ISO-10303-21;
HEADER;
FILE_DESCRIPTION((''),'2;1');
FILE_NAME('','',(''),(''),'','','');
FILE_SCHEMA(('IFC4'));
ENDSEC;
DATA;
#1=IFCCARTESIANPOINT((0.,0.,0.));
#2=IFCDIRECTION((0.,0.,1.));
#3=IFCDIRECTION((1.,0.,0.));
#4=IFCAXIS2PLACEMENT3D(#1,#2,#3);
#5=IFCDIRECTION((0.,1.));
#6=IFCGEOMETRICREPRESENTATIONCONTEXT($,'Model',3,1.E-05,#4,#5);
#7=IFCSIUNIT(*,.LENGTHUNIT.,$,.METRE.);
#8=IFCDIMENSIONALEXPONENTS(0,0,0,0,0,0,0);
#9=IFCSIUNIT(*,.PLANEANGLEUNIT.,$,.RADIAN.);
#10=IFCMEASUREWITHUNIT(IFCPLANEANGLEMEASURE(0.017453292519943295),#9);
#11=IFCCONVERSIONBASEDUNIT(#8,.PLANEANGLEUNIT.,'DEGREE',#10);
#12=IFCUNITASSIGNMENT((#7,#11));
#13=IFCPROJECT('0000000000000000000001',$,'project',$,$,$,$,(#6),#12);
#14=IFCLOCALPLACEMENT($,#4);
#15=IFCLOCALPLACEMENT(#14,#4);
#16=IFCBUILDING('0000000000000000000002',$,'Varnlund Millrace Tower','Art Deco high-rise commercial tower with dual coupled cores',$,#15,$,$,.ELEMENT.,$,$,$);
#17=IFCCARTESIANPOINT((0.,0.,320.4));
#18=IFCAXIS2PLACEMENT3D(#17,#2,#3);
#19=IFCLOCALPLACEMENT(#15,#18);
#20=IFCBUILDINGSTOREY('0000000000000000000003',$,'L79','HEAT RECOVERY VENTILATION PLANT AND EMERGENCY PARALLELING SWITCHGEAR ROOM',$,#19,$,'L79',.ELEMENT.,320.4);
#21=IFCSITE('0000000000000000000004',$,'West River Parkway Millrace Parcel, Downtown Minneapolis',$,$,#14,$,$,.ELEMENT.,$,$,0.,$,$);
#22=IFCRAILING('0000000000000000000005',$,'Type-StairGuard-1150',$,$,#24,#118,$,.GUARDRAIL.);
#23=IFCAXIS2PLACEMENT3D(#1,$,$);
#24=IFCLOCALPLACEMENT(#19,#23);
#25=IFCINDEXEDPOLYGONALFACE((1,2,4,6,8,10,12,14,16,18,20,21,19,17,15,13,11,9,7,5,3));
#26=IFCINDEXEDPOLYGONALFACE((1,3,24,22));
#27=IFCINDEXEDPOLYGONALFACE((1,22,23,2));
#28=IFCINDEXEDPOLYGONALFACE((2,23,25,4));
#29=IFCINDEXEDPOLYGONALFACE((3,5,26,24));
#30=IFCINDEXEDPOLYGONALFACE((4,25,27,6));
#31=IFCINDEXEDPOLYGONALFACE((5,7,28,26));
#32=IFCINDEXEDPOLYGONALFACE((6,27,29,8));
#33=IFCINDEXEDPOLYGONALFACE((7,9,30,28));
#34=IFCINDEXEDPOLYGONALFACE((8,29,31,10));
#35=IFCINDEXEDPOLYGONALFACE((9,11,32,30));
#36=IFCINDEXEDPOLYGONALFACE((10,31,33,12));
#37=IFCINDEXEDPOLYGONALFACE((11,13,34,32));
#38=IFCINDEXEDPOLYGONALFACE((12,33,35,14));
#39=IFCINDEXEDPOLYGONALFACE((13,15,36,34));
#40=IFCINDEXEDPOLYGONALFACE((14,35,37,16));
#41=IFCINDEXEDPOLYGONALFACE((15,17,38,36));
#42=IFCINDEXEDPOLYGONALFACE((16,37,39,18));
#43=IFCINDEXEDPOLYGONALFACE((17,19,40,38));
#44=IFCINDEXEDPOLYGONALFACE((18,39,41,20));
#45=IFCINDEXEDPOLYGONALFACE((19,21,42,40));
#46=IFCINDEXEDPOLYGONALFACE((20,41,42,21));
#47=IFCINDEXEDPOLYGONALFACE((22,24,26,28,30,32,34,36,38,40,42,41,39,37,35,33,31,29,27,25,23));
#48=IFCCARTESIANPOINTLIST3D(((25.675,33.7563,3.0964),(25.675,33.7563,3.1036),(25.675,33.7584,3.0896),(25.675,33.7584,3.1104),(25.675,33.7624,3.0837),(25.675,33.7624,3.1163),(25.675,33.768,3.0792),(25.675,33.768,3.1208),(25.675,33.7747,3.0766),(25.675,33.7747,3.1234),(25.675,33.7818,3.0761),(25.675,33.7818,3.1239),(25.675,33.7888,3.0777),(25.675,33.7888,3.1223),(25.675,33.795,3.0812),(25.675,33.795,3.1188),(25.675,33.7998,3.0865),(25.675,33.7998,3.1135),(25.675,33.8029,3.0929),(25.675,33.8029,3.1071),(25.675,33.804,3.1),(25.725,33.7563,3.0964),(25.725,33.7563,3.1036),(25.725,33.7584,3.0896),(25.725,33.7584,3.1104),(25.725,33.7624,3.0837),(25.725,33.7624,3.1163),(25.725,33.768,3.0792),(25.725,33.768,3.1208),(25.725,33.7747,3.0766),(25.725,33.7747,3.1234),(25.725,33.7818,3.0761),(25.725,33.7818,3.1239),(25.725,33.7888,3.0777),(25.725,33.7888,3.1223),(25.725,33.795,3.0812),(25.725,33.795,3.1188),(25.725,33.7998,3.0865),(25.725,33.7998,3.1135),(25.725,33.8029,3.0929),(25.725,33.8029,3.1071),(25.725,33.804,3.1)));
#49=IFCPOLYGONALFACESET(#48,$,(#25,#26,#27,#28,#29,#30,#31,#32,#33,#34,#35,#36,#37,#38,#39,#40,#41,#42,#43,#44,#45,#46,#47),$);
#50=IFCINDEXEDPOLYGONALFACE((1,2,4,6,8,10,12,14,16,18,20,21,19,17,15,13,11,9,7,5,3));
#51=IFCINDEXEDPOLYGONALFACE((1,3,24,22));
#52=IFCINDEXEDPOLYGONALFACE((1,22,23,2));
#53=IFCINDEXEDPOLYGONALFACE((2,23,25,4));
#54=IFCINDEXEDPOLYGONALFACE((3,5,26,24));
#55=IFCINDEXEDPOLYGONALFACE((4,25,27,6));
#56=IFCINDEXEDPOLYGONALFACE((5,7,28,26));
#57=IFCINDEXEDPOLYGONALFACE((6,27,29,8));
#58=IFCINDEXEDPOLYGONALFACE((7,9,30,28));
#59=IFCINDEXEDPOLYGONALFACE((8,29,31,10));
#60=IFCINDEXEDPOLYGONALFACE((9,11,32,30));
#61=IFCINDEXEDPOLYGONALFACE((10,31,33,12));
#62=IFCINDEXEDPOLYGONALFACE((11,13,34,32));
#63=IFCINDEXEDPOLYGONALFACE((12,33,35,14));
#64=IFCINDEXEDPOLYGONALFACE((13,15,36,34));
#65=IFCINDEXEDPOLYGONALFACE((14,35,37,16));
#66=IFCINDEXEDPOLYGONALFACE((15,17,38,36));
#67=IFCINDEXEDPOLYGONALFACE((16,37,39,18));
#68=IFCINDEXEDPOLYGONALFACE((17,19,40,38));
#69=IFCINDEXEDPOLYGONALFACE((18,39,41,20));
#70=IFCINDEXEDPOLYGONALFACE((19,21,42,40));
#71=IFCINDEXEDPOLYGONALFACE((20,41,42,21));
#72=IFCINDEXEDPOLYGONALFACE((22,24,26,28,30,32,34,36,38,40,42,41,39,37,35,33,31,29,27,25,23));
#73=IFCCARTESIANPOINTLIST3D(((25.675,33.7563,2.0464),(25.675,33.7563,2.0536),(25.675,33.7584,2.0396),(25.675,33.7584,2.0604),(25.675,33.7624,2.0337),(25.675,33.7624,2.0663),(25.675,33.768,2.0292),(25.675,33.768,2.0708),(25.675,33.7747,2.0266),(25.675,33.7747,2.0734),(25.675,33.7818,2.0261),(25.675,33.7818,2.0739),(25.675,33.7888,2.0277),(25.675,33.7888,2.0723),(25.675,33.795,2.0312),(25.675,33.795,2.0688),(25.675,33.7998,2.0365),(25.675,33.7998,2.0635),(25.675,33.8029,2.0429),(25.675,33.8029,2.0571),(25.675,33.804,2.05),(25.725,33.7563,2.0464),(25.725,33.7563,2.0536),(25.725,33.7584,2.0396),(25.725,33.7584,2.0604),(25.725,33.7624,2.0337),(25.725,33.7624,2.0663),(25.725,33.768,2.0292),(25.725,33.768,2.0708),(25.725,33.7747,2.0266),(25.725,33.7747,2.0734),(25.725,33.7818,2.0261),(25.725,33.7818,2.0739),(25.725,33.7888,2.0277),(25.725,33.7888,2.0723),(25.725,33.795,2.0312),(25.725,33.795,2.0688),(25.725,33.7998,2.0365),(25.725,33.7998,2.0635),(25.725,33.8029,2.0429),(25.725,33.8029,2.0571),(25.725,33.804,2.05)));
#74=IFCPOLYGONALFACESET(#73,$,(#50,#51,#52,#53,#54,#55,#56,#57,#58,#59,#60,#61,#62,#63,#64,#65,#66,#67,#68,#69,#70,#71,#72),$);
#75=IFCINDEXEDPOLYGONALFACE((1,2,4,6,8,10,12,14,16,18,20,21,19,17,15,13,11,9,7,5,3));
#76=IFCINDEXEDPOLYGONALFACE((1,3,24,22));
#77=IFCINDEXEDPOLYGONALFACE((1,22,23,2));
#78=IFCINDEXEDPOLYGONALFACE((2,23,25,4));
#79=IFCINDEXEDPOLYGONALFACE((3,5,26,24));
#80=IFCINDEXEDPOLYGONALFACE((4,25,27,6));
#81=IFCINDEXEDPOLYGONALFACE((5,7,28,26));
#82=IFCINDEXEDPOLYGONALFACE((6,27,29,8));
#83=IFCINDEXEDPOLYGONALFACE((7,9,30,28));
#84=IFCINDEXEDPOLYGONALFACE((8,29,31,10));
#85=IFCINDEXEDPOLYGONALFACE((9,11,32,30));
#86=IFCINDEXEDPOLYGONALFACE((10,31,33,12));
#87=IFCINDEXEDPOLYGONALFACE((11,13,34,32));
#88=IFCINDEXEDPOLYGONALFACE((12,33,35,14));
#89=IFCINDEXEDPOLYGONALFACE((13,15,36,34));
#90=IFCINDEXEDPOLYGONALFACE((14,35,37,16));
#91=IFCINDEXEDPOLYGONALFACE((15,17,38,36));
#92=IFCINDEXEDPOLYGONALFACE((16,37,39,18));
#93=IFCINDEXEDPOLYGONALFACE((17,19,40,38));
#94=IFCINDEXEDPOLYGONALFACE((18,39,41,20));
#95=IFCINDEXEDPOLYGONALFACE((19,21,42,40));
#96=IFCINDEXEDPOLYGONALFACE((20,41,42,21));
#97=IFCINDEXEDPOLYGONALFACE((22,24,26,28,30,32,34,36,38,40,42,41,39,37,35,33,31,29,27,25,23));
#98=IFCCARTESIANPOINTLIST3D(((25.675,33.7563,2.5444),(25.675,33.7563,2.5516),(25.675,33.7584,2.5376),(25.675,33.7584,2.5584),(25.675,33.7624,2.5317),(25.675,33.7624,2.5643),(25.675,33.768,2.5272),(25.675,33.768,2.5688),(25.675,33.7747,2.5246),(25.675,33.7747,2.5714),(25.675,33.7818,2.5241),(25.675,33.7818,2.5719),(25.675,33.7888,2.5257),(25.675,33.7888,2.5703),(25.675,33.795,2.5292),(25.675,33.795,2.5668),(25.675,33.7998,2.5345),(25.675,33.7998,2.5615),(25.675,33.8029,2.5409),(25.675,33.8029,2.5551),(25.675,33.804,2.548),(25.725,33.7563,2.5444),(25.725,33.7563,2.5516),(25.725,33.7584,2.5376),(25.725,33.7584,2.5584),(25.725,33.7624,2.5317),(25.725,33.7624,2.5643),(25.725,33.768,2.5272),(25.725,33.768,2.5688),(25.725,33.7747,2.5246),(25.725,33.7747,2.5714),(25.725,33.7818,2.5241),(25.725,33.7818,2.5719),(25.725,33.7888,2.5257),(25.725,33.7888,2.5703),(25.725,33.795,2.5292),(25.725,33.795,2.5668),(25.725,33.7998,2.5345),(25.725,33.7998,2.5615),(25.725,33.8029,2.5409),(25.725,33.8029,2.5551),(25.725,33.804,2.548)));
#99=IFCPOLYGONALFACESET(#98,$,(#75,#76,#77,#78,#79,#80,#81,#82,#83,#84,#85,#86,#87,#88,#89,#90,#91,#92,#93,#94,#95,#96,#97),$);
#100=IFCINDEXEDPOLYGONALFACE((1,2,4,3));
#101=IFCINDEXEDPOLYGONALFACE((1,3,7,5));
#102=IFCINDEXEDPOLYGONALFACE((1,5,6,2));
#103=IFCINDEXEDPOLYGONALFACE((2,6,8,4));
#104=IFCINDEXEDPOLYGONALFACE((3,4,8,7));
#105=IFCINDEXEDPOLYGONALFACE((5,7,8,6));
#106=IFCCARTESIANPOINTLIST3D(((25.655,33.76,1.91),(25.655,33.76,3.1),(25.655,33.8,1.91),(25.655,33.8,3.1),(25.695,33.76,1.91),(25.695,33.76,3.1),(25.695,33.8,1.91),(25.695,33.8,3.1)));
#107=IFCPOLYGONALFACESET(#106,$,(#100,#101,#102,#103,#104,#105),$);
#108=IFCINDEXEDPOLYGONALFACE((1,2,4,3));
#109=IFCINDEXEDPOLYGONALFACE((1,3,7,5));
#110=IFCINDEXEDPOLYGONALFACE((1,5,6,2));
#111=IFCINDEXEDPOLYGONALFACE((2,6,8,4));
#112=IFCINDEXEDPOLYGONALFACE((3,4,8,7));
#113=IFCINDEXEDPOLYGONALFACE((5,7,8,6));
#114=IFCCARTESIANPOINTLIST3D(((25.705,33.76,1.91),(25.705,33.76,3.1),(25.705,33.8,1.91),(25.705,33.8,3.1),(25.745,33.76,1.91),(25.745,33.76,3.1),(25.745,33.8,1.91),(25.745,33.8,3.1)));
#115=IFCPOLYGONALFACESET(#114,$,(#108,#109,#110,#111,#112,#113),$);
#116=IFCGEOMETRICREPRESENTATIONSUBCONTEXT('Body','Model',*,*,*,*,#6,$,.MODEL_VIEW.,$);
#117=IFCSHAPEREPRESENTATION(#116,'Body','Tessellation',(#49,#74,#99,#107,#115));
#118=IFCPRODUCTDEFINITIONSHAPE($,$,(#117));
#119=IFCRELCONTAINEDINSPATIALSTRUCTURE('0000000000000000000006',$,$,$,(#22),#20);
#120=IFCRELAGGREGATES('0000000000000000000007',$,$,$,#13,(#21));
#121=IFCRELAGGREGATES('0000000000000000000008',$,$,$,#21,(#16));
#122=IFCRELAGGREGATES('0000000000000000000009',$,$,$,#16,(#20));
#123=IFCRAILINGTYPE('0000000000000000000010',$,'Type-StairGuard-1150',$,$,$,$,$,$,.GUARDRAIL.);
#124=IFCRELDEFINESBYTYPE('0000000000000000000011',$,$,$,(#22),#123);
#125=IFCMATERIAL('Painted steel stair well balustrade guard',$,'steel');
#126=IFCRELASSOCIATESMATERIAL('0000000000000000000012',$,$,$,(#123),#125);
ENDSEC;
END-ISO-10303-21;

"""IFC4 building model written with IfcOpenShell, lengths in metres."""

from ifc_helpers import new_model, entity, si_unit, converted_unit, direction, frame, origin_with_axes, origin_2d_with_axis, place, context, subcontext, project, spatial, rectangle, circle, extrude, material, type_object, element, save


model = new_model("IFC4")

# Units and contexts
model_context = context("Model", 3, precision=1e-05, world=origin_with_axes(), true_north=direction((0.0, 1.0)))
body_context = subcontext(model_context, "Body", "Model", "MODEL_VIEW")
ifc_project = project(units=[si_unit("LENGTHUNIT", "METRE"), converted_unit("PLANEANGLEUNIT", "DEGREE", entity("IfcPlaneAngleMeasure", 0.017453292519943295), si_unit("PLANEANGLEUNIT", "RADIAN"), dimensions=[0, 0, 0, 0, 0, 0, 0])], contexts=[model_context])

# Site, building, storey
site_placement = place(None, origin_with_axes())
site = spatial("IfcSite", under=ifc_project, at=site_placement, Name="West River Parkway Millrace Parcel, Downtown Minneapolis", CompositionType="ELEMENT", RefElevation=0.0)
building_placement = place(site_placement, origin_with_axes())
building = spatial("IfcBuilding", under=site, at=building_placement, Name="Varnlund Millrace Tower", Description="Art Deco high-rise commercial tower with dual coupled cores", CompositionType="ELEMENT")
storey_placement = place(building_placement, frame((0.0, 0.0, 320.4), z_axis=(0.0, 0.0, 1.0), x_axis=(1.0, 0.0, 0.0)))
storey = spatial("IfcBuildingStorey", under=building, at=storey_placement, Name="L79", Description="HEAT RECOVERY VENTILATION PLANT AND EMERGENCY PARALLELING SWITCHGEAR ROOM", LongName="L79", CompositionType="ELEMENT", Elevation=320.4)

# Railing
ifc_material_1 = material(Name="Painted steel stair well balustrade guard", Category="steel")
railing_type_1 = type_object("IfcRailingType", Name="Type-StairGuard-1150", PredefinedType="GUARDRAIL", material=ifc_material_1)
railing_1_placement = place(storey_placement, frame((0.0, 0.0, -320.4), z_axis=(0.0, 0.0, 1.0), x_axis=(1.0, 0.0, 0.0)))
element("IfcRailing", 1, at=railing_1_placement, inside=storey, type_object=railing_type_1, Name="Type-StairGuard-1150", PredefinedType="GUARDRAIL", context=body_context, shape_type="SweptSolid", body=[
    extrude(circle(Radius=0.024, at=origin_2d_with_axis()), frame((25.675, 33.78, 323.5), z_axis=(1.0, 0.0, 0.0), x_axis=(0.0, 1.0, 0.0)), (0.0, 0.0, 1.0), 0.05),
    extrude(circle(Radius=0.024, at=origin_2d_with_axis()), frame((25.675, 33.78, 322.45), z_axis=(1.0, 0.0, 0.0), x_axis=(0.0, 1.0, 0.0)), (0.0, 0.0, 1.0), 0.05),
    extrude(circle(Radius=0.024, at=origin_2d_with_axis()), frame((25.675, 33.78, 322.948), z_axis=(1.0, 0.0, 0.0), x_axis=(0.0, 1.0, 0.0)), (0.0, 0.0, 1.0), 0.05),
    extrude(rectangle(XDim=0.04, YDim=0.04, at=origin_2d_with_axis()), frame((25.675, 33.78, 322.31), z_axis=(0.0, 0.0, 1.0), x_axis=(1.0, 0.0, 0.0)), (0.0, 0.0, 1.0), 1.19),
    extrude(rectangle(XDim=0.04, YDim=0.04, at=origin_2d_with_axis()), frame((25.725, 33.78, 322.31), z_axis=(0.0, 0.0, 1.0), x_axis=(1.0, 0.0, 0.0)), (0.0, 0.0, 1.0), 1.19),
])

save(model, "model.ifc")
